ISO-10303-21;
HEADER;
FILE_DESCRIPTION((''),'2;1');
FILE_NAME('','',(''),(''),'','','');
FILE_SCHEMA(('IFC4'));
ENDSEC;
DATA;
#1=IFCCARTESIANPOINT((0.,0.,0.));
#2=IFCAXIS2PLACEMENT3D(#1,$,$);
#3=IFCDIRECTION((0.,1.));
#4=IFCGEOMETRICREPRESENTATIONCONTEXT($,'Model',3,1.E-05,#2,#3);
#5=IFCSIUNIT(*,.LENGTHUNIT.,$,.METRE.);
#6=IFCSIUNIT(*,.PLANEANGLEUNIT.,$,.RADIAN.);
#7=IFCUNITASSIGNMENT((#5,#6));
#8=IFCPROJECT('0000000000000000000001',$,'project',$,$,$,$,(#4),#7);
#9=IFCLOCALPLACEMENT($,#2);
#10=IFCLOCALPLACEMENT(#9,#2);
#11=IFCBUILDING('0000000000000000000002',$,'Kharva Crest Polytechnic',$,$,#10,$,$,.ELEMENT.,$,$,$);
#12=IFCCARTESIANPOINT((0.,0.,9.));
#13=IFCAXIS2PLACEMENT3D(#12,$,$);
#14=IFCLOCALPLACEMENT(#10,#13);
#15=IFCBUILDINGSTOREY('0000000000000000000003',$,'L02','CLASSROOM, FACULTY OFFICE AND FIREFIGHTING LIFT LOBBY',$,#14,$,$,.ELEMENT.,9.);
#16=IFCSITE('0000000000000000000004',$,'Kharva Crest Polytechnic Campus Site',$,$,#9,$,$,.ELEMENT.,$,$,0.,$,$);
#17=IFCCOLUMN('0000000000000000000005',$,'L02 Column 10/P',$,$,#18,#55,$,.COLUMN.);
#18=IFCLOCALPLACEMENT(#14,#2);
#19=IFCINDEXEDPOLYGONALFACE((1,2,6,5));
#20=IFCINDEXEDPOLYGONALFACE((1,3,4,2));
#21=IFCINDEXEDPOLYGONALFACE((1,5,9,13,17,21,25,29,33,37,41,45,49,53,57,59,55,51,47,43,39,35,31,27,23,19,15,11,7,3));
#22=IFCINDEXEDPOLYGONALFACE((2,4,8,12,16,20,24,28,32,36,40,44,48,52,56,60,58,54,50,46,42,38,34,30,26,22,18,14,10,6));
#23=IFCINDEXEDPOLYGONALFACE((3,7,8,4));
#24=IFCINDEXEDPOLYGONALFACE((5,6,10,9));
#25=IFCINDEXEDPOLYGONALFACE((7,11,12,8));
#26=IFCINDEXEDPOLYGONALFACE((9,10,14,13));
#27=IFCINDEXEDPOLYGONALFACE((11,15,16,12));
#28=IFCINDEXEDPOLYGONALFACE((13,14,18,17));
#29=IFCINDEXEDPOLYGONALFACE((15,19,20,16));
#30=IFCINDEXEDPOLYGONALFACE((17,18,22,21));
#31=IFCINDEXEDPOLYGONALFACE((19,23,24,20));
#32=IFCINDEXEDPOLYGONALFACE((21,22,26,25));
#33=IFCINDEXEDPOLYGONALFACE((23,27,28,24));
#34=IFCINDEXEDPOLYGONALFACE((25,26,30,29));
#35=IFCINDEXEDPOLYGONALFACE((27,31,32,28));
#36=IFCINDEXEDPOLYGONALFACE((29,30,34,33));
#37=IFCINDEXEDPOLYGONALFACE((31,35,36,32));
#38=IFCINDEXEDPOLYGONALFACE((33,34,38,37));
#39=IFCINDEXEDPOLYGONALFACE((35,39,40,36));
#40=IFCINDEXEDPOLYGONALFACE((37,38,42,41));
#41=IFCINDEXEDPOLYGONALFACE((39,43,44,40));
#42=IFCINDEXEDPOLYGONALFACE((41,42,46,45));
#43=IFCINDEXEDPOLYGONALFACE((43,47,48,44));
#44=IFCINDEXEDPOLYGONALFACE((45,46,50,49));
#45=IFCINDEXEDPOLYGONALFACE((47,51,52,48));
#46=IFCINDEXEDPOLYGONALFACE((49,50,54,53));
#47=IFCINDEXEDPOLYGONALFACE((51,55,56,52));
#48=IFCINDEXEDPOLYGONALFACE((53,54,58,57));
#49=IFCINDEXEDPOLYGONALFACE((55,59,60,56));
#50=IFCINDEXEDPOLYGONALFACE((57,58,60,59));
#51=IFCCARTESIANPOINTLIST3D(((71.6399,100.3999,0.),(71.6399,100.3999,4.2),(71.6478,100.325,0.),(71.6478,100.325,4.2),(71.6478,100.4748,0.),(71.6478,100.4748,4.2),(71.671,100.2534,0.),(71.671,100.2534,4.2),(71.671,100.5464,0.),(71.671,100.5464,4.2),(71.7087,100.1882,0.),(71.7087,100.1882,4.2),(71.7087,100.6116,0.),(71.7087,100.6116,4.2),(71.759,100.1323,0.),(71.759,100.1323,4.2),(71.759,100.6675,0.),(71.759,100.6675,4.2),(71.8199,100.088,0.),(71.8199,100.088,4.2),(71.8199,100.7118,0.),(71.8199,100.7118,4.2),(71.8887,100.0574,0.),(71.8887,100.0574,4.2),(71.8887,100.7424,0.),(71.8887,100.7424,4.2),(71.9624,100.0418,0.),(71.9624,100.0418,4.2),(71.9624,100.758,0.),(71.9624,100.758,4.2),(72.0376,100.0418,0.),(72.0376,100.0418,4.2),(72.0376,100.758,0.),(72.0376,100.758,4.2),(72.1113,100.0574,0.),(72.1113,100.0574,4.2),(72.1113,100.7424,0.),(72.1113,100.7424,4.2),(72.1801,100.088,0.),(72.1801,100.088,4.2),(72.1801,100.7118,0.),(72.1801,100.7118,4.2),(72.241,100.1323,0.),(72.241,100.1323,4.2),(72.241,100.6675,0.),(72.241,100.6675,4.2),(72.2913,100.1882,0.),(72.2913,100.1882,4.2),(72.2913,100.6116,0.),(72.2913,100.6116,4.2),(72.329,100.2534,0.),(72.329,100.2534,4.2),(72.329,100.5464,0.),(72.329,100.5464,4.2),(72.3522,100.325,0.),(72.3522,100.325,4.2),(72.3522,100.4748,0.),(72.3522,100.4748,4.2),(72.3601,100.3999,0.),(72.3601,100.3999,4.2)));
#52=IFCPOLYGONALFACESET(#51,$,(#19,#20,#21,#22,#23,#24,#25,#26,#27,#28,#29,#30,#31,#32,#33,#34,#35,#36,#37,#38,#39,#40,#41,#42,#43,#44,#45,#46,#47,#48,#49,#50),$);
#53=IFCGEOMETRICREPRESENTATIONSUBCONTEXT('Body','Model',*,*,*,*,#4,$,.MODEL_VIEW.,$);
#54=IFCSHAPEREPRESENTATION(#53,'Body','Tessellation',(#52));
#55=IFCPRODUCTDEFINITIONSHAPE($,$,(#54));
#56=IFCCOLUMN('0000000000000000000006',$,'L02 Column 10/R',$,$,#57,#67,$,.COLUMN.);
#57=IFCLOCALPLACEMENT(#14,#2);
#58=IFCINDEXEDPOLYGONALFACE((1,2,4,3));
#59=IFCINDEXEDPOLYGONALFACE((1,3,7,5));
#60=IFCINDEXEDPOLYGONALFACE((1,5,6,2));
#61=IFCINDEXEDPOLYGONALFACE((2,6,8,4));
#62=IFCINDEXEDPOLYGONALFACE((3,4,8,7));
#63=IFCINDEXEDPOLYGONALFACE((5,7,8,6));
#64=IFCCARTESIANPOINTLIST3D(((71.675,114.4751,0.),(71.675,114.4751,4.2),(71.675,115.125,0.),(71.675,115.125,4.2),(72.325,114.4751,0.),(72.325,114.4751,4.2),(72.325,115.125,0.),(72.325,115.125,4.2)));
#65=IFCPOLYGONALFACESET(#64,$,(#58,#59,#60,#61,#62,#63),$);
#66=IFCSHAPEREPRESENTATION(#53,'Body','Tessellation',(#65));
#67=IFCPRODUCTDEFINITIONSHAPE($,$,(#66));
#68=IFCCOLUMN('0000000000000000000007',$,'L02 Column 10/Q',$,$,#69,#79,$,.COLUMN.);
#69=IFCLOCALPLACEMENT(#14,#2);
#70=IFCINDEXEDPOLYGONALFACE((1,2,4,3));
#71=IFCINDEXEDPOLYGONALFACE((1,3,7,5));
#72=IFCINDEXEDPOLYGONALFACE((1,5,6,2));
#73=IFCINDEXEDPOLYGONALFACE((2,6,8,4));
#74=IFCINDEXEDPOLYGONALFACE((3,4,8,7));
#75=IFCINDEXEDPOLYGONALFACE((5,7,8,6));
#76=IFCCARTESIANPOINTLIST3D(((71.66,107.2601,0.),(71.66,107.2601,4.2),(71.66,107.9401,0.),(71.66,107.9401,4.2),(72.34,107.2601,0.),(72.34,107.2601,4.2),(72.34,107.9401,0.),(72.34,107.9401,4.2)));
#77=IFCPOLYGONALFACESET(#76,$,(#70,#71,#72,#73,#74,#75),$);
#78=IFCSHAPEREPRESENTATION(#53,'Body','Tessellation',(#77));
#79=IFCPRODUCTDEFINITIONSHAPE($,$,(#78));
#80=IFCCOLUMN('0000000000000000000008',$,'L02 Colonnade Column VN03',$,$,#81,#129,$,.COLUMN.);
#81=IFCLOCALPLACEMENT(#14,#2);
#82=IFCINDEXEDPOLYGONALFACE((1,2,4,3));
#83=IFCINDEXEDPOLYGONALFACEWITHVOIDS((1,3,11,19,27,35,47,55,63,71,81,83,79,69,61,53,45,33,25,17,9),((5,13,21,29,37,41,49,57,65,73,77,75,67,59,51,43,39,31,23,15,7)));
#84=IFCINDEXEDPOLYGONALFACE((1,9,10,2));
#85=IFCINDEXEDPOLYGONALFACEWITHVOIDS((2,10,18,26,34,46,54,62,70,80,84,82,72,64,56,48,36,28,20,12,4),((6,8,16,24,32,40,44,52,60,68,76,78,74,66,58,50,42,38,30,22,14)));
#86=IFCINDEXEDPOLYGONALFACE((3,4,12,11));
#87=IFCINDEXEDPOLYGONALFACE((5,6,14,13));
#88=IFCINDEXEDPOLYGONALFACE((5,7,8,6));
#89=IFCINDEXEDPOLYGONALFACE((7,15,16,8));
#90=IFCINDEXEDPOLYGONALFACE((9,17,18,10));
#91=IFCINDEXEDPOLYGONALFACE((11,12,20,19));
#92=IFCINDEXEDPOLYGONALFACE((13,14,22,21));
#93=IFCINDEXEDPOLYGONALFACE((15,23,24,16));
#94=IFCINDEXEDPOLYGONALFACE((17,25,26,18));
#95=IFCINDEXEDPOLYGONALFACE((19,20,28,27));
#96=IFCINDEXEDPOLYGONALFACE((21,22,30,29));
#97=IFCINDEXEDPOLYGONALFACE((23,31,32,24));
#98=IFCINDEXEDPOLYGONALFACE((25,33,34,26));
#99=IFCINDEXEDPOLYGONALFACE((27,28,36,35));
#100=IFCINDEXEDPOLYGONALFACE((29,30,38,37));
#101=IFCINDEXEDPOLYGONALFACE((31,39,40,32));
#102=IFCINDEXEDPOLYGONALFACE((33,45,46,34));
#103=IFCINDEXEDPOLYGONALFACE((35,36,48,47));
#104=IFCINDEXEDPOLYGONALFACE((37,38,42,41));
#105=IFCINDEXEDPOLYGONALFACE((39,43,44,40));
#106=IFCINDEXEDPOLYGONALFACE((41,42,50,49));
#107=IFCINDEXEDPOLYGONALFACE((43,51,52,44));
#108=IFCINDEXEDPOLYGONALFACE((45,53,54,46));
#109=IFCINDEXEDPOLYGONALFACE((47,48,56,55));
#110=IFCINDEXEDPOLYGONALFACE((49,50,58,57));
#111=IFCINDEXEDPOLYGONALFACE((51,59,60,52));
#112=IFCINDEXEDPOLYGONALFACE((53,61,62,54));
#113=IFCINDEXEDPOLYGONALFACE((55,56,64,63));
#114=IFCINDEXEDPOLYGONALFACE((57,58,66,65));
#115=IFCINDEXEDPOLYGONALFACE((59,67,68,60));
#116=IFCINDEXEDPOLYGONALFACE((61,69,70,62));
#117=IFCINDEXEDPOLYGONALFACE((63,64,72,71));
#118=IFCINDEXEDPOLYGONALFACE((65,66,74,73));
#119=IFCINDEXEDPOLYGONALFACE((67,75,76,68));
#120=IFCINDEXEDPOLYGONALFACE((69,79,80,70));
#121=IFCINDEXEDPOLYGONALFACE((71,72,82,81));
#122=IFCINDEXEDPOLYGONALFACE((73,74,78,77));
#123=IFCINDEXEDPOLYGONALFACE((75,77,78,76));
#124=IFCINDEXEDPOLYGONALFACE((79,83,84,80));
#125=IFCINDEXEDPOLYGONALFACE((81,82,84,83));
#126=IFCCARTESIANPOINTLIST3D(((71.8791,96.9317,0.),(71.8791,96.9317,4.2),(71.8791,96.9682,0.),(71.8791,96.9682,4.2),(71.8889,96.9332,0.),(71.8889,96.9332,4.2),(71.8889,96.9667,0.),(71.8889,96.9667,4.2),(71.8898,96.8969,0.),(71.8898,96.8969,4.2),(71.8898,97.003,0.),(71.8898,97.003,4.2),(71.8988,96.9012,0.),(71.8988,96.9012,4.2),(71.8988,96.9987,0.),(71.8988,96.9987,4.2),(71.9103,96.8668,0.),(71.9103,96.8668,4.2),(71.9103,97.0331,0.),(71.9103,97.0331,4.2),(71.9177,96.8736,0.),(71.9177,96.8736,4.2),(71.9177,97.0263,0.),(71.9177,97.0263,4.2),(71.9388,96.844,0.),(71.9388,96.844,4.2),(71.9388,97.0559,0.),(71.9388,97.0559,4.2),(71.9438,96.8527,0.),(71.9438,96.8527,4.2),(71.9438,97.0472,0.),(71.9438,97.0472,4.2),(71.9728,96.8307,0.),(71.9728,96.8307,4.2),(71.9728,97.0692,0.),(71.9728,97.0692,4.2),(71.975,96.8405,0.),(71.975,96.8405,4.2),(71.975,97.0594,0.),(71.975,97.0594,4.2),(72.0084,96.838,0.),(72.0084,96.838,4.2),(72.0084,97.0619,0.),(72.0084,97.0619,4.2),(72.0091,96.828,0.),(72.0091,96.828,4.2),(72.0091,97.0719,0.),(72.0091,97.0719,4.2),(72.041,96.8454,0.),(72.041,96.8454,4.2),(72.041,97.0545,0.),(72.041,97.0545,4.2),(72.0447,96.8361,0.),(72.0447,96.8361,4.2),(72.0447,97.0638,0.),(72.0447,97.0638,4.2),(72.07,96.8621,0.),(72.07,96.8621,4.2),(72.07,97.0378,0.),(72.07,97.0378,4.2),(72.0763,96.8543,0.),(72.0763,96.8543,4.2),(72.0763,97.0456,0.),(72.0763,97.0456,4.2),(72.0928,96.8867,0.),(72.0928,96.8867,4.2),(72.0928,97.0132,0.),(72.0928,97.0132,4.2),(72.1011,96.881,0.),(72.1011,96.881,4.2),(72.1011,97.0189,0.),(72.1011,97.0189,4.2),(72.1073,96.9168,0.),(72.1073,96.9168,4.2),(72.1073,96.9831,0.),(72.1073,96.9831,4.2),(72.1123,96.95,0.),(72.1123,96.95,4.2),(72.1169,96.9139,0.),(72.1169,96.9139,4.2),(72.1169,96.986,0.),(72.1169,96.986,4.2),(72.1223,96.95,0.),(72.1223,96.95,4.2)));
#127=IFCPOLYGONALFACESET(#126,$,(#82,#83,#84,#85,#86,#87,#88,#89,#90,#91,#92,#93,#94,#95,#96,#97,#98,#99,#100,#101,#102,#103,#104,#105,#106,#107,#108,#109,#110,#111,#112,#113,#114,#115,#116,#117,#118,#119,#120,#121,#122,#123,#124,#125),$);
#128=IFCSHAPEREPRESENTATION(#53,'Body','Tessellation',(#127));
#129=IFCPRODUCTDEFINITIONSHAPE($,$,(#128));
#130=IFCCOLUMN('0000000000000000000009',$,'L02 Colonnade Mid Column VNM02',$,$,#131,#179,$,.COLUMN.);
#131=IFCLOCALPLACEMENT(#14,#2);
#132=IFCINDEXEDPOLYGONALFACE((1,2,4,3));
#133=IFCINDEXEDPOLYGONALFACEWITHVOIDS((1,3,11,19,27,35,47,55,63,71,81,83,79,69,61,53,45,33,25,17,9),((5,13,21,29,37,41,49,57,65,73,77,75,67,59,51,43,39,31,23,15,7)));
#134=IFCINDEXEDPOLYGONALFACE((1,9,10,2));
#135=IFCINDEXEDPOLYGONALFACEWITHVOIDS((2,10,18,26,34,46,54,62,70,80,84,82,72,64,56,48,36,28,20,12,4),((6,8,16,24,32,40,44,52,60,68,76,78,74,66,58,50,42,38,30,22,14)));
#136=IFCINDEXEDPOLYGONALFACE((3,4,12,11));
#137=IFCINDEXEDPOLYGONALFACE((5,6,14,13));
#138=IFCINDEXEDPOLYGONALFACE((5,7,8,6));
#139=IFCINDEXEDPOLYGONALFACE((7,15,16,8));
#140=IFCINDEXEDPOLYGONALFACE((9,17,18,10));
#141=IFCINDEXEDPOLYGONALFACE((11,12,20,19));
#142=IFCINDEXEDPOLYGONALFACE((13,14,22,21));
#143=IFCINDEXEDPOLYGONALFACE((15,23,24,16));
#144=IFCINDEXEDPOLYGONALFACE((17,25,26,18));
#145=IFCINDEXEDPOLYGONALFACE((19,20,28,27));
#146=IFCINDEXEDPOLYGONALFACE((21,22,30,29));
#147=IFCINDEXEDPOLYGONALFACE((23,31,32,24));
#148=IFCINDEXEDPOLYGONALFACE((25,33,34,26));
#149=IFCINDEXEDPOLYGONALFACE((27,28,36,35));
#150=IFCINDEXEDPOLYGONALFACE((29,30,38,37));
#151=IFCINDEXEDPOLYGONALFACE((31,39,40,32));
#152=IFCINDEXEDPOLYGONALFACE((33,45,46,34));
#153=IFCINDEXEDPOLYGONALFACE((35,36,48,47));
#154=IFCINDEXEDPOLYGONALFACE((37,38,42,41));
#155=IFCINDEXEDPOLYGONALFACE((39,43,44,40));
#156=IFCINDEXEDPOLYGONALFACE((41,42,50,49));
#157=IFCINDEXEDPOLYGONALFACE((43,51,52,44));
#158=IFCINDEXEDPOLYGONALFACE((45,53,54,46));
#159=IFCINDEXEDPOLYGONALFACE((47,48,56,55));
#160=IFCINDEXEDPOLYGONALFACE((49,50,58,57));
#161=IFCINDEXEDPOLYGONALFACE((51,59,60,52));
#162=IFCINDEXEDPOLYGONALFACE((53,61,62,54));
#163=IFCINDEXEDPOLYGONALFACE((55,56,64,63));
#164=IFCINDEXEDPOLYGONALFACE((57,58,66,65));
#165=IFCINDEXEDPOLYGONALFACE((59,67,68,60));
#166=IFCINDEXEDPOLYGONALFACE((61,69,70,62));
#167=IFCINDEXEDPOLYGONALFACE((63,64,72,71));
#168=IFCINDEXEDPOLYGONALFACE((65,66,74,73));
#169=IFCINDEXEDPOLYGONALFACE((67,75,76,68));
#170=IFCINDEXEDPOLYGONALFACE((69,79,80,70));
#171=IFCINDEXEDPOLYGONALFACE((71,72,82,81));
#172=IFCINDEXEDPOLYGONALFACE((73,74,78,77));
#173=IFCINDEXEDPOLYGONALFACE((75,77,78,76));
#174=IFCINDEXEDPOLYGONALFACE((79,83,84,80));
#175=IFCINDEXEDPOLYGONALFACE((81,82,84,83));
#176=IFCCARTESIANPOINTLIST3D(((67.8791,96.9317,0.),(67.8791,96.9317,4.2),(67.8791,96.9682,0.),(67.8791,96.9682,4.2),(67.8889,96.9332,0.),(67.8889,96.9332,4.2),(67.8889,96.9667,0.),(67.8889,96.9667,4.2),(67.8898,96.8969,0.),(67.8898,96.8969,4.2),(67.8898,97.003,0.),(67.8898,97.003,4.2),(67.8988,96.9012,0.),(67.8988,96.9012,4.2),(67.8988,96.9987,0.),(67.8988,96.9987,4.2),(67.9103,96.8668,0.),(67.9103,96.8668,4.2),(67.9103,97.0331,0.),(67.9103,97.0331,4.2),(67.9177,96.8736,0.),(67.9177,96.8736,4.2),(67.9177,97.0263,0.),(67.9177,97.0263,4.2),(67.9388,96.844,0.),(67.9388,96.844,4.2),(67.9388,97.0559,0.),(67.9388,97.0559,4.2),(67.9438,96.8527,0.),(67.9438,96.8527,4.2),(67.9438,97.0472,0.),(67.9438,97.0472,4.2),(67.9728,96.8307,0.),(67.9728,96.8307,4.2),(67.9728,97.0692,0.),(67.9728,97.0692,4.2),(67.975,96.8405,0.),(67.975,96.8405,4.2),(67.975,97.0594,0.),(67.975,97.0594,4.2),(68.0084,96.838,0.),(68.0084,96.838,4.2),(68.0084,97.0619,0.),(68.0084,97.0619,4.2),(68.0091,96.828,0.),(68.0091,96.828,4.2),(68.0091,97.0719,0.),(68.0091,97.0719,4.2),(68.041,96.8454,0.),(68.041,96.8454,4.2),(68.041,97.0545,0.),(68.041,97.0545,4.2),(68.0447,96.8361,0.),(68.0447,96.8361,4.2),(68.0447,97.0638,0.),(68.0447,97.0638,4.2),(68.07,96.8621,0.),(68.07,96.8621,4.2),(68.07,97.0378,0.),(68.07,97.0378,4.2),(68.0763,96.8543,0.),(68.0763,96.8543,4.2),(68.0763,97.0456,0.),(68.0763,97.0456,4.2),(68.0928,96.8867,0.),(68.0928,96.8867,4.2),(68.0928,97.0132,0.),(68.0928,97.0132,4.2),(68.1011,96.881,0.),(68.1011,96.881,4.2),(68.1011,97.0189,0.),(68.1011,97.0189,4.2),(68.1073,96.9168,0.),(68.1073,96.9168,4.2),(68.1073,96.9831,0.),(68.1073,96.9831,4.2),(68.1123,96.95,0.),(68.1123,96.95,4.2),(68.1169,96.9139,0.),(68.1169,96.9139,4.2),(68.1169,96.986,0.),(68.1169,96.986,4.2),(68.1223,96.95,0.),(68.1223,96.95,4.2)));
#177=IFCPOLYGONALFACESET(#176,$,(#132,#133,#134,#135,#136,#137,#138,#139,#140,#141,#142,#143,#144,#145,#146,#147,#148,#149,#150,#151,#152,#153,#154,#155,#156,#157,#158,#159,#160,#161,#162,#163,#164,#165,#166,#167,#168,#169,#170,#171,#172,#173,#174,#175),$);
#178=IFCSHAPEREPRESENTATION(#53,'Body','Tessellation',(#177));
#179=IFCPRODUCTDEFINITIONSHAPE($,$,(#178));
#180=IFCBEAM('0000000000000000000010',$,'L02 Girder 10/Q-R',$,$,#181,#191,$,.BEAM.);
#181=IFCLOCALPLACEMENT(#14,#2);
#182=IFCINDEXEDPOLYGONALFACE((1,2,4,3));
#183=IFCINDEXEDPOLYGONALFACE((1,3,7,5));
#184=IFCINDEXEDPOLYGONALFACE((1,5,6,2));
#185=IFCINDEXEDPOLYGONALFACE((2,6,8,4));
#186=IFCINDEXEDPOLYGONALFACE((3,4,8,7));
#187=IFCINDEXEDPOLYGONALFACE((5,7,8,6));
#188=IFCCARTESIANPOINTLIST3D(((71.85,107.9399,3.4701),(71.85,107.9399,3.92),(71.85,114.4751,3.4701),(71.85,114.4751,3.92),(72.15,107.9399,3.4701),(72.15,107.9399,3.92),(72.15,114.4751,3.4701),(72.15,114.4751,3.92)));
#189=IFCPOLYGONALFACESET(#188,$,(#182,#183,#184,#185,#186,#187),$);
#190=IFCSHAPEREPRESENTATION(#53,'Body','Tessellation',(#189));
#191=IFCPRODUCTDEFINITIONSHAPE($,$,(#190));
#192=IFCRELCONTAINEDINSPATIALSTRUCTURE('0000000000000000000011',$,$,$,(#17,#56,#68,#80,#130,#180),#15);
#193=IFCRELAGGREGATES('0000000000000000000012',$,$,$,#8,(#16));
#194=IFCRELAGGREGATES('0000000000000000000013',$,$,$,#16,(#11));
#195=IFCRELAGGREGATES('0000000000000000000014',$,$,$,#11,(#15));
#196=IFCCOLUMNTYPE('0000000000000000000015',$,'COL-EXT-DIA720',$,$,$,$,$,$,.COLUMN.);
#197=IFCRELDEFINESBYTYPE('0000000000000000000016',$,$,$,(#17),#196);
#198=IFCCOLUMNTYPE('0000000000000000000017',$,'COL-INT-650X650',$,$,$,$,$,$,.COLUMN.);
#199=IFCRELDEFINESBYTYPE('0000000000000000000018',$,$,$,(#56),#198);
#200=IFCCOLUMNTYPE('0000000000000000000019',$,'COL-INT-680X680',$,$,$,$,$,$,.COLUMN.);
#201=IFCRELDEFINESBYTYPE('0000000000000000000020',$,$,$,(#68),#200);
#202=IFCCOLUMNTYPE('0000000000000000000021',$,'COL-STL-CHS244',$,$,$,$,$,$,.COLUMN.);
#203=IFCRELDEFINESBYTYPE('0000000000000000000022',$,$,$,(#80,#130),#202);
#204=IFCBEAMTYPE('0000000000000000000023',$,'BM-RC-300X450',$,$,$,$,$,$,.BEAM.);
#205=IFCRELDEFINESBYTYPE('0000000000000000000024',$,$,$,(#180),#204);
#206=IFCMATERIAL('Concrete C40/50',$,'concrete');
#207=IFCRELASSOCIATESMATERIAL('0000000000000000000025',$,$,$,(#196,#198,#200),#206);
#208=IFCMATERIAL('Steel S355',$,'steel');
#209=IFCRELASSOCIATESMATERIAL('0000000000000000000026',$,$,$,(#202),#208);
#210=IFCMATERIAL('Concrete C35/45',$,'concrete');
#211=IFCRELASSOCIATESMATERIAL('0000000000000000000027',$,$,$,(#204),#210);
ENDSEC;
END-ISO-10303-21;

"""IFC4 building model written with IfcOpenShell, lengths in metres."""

from ifc_helpers import new_model, si_unit, direction, frame, origin, origin_2d, place, context, subcontext, project, spatial, rectangle, circle, hollow_circle, extrude, material, material_profile, profile_set, type_object, element, save


model = new_model("IFC4")

# Units and contexts
model_context = context("Model", 3, precision=1e-05, world=origin(), true_north=direction((0.0, 1.0)))
body_context = subcontext(model_context, "Body", "Model", "MODEL_VIEW")
ifc_project = project(units=[si_unit("LENGTHUNIT", "METRE"), si_unit("PLANEANGLEUNIT", "RADIAN")], contexts=[model_context])

# Site, building, storey
site_placement = place(None, origin())
site = spatial("IfcSite", under=ifc_project, at=site_placement, Name="Kharva Crest Polytechnic Campus Site", CompositionType="ELEMENT", RefElevation=0.0)
building_placement = place(site_placement, origin())
building = spatial("IfcBuilding", under=site, at=building_placement, Name="Kharva Crest Polytechnic", CompositionType="ELEMENT")
storey_placement = place(building_placement, frame((0.0, 0.0, 9.0)))
storey = spatial("IfcBuildingStorey", under=building, at=storey_placement, Name="L02", Description="CLASSROOM, FACULTY OFFICE AND FIREFIGHTING LIFT LOBBY", CompositionType="ELEMENT", Elevation=9.0)

# Columns
ifc_material_1 = material(Name="Concrete C40/50", Category="concrete")
ifc_material_profile_1 = material_profile(ifc_material_1, circle(Radius=0.3601, at=origin_2d()), Name="DIA 720")
ifc_profile_set_1 = profile_set([ifc_material_profile_1], Name="Concrete C40/50")
column_type_1 = type_object("IfcColumnType", Name="COL-EXT-DIA720", PredefinedType="COLUMN", material=ifc_profile_set_1)
column_1_placement = place(storey_placement, frame((72.0, 100.3999, 0.0), z_axis=(0.0, 0.0, 1.0), x_axis=(1.0, 0.0, 0.0)))
element("IfcColumn", 1, at=column_1_placement, inside=storey, type_object=column_type_1, Name="L02 Column 10/P", PredefinedType="COLUMN", context=body_context, shape_type="SweptSolid", body=[
    extrude(circle(Radius=0.3601, at=origin_2d()), origin(), (0.0, 0.0, 1.0), 4.2),
])
ifc_material_profile_2 = material_profile(ifc_material_1, rectangle(XDim=0.6499, YDim=0.6499, at=origin_2d()), Name="RECT 650 X 650")
ifc_profile_set_2 = profile_set([ifc_material_profile_2], Name="Concrete C40/50")
column_type_2 = type_object("IfcColumnType", Name="COL-INT-650X650", PredefinedType="COLUMN", material=ifc_profile_set_2)
column_2_placement = place(storey_placement, frame((72.0, 114.8, 0.0), z_axis=(0.0, 0.0, 1.0), x_axis=(1.0, 0.0, 0.0)))
element("IfcColumn", 2, at=column_2_placement, inside=storey, type_object=column_type_2, Name="L02 Column 10/R", PredefinedType="COLUMN", context=body_context, shape_type="SweptSolid", body=[
    extrude(rectangle(XDim=0.6499, YDim=0.6499, at=origin_2d()), origin(), (0.0, 0.0, 1.0), 4.2),
])
ifc_material_profile_3 = material_profile(ifc_material_1, rectangle(XDim=0.6799, YDim=0.6799, at=origin_2d()), Name="RECT 680 X 680")
ifc_profile_set_3 = profile_set([ifc_material_profile_3], Name="Concrete C40/50")
column_type_3 = type_object("IfcColumnType", Name="COL-INT-680X680", PredefinedType="COLUMN", material=ifc_profile_set_3)
column_3_placement = place(storey_placement, frame((72.0, 107.6001, 0.0), z_axis=(0.0, 0.0, 1.0), x_axis=(1.0, 0.0, 0.0)))
element("IfcColumn", 3, at=column_3_placement, inside=storey, type_object=column_type_3, Name="L02 Column 10/Q", PredefinedType="COLUMN", context=body_context, shape_type="SweptSolid", body=[
    extrude(rectangle(XDim=0.6799, YDim=0.6799, at=origin_2d()), origin(), (0.0, 0.0, 1.0), 4.2),
])
ifc_material_2 = material(Name="Steel S355", Category="steel")
ifc_material_profile_4 = material_profile(ifc_material_2, hollow_circle(Radius=0.1223, WallThickness=0.01, at=origin_2d()), Name="CHS 244.5X10.0")
ifc_profile_set_4 = profile_set([ifc_material_profile_4], Name="Steel S355")
column_type_4 = type_object("IfcColumnType", Name="COL-STL-CHS244", PredefinedType="COLUMN", material=ifc_profile_set_4)
for number, where, z_axis, x_axis, name in (
    (4, (72.0, 96.95, 0.0), (0.0, 0.0, 1.0), (1.0, 0.0, 0.0), "L02 Colonnade Column VN03"),
    (5, (68.0, 96.95, 0.0), (0.0, 0.0, 1.0), (1.0, 0.0, 0.0), "L02 Colonnade Mid Column VNM02"),
):
    element("IfcColumn", number, at=place(storey_placement, frame(where, z_axis=z_axis, x_axis=x_axis)), inside=storey, type_object=column_type_4, Name=name, PredefinedType="COLUMN", context=body_context, shape_type="SweptSolid", body=[
        extrude(hollow_circle(Radius=0.1223, WallThickness=0.01, at=origin_2d()), origin(), (0.0, 0.0, 1.0), 4.2),
    ])

# Beam
ifc_material_3 = material(Name="Concrete C35/45", Category="concrete")
ifc_material_profile_5 = material_profile(ifc_material_3, rectangle(XDim=0.3, YDim=0.45, at=origin_2d()), Name="RECT 300 X 450")
ifc_profile_set_5 = profile_set([ifc_material_profile_5], Name="Concrete C35/45")
beam_type_1 = type_object("IfcBeamType", Name="BM-RC-300X450", PredefinedType="BEAM", material=ifc_profile_set_5)
beam_1_placement = place(storey_placement, frame((72.0, 107.9399, 3.6951), z_axis=(0.0, 1.0, 0.0), x_axis=(-1.0, 0.0, 0.0)))
element("IfcBeam", 6, at=beam_1_placement, inside=storey, type_object=beam_type_1, Name="L02 Girder 10/Q-R", PredefinedType="BEAM", context=body_context, shape_type="SweptSolid", body=[
    extrude(rectangle(XDim=0.3, YDim=0.45, at=origin_2d()), origin(), (0.0, 0.0, 1.0), 6.5352),
])

save(model, "model.ifc")
